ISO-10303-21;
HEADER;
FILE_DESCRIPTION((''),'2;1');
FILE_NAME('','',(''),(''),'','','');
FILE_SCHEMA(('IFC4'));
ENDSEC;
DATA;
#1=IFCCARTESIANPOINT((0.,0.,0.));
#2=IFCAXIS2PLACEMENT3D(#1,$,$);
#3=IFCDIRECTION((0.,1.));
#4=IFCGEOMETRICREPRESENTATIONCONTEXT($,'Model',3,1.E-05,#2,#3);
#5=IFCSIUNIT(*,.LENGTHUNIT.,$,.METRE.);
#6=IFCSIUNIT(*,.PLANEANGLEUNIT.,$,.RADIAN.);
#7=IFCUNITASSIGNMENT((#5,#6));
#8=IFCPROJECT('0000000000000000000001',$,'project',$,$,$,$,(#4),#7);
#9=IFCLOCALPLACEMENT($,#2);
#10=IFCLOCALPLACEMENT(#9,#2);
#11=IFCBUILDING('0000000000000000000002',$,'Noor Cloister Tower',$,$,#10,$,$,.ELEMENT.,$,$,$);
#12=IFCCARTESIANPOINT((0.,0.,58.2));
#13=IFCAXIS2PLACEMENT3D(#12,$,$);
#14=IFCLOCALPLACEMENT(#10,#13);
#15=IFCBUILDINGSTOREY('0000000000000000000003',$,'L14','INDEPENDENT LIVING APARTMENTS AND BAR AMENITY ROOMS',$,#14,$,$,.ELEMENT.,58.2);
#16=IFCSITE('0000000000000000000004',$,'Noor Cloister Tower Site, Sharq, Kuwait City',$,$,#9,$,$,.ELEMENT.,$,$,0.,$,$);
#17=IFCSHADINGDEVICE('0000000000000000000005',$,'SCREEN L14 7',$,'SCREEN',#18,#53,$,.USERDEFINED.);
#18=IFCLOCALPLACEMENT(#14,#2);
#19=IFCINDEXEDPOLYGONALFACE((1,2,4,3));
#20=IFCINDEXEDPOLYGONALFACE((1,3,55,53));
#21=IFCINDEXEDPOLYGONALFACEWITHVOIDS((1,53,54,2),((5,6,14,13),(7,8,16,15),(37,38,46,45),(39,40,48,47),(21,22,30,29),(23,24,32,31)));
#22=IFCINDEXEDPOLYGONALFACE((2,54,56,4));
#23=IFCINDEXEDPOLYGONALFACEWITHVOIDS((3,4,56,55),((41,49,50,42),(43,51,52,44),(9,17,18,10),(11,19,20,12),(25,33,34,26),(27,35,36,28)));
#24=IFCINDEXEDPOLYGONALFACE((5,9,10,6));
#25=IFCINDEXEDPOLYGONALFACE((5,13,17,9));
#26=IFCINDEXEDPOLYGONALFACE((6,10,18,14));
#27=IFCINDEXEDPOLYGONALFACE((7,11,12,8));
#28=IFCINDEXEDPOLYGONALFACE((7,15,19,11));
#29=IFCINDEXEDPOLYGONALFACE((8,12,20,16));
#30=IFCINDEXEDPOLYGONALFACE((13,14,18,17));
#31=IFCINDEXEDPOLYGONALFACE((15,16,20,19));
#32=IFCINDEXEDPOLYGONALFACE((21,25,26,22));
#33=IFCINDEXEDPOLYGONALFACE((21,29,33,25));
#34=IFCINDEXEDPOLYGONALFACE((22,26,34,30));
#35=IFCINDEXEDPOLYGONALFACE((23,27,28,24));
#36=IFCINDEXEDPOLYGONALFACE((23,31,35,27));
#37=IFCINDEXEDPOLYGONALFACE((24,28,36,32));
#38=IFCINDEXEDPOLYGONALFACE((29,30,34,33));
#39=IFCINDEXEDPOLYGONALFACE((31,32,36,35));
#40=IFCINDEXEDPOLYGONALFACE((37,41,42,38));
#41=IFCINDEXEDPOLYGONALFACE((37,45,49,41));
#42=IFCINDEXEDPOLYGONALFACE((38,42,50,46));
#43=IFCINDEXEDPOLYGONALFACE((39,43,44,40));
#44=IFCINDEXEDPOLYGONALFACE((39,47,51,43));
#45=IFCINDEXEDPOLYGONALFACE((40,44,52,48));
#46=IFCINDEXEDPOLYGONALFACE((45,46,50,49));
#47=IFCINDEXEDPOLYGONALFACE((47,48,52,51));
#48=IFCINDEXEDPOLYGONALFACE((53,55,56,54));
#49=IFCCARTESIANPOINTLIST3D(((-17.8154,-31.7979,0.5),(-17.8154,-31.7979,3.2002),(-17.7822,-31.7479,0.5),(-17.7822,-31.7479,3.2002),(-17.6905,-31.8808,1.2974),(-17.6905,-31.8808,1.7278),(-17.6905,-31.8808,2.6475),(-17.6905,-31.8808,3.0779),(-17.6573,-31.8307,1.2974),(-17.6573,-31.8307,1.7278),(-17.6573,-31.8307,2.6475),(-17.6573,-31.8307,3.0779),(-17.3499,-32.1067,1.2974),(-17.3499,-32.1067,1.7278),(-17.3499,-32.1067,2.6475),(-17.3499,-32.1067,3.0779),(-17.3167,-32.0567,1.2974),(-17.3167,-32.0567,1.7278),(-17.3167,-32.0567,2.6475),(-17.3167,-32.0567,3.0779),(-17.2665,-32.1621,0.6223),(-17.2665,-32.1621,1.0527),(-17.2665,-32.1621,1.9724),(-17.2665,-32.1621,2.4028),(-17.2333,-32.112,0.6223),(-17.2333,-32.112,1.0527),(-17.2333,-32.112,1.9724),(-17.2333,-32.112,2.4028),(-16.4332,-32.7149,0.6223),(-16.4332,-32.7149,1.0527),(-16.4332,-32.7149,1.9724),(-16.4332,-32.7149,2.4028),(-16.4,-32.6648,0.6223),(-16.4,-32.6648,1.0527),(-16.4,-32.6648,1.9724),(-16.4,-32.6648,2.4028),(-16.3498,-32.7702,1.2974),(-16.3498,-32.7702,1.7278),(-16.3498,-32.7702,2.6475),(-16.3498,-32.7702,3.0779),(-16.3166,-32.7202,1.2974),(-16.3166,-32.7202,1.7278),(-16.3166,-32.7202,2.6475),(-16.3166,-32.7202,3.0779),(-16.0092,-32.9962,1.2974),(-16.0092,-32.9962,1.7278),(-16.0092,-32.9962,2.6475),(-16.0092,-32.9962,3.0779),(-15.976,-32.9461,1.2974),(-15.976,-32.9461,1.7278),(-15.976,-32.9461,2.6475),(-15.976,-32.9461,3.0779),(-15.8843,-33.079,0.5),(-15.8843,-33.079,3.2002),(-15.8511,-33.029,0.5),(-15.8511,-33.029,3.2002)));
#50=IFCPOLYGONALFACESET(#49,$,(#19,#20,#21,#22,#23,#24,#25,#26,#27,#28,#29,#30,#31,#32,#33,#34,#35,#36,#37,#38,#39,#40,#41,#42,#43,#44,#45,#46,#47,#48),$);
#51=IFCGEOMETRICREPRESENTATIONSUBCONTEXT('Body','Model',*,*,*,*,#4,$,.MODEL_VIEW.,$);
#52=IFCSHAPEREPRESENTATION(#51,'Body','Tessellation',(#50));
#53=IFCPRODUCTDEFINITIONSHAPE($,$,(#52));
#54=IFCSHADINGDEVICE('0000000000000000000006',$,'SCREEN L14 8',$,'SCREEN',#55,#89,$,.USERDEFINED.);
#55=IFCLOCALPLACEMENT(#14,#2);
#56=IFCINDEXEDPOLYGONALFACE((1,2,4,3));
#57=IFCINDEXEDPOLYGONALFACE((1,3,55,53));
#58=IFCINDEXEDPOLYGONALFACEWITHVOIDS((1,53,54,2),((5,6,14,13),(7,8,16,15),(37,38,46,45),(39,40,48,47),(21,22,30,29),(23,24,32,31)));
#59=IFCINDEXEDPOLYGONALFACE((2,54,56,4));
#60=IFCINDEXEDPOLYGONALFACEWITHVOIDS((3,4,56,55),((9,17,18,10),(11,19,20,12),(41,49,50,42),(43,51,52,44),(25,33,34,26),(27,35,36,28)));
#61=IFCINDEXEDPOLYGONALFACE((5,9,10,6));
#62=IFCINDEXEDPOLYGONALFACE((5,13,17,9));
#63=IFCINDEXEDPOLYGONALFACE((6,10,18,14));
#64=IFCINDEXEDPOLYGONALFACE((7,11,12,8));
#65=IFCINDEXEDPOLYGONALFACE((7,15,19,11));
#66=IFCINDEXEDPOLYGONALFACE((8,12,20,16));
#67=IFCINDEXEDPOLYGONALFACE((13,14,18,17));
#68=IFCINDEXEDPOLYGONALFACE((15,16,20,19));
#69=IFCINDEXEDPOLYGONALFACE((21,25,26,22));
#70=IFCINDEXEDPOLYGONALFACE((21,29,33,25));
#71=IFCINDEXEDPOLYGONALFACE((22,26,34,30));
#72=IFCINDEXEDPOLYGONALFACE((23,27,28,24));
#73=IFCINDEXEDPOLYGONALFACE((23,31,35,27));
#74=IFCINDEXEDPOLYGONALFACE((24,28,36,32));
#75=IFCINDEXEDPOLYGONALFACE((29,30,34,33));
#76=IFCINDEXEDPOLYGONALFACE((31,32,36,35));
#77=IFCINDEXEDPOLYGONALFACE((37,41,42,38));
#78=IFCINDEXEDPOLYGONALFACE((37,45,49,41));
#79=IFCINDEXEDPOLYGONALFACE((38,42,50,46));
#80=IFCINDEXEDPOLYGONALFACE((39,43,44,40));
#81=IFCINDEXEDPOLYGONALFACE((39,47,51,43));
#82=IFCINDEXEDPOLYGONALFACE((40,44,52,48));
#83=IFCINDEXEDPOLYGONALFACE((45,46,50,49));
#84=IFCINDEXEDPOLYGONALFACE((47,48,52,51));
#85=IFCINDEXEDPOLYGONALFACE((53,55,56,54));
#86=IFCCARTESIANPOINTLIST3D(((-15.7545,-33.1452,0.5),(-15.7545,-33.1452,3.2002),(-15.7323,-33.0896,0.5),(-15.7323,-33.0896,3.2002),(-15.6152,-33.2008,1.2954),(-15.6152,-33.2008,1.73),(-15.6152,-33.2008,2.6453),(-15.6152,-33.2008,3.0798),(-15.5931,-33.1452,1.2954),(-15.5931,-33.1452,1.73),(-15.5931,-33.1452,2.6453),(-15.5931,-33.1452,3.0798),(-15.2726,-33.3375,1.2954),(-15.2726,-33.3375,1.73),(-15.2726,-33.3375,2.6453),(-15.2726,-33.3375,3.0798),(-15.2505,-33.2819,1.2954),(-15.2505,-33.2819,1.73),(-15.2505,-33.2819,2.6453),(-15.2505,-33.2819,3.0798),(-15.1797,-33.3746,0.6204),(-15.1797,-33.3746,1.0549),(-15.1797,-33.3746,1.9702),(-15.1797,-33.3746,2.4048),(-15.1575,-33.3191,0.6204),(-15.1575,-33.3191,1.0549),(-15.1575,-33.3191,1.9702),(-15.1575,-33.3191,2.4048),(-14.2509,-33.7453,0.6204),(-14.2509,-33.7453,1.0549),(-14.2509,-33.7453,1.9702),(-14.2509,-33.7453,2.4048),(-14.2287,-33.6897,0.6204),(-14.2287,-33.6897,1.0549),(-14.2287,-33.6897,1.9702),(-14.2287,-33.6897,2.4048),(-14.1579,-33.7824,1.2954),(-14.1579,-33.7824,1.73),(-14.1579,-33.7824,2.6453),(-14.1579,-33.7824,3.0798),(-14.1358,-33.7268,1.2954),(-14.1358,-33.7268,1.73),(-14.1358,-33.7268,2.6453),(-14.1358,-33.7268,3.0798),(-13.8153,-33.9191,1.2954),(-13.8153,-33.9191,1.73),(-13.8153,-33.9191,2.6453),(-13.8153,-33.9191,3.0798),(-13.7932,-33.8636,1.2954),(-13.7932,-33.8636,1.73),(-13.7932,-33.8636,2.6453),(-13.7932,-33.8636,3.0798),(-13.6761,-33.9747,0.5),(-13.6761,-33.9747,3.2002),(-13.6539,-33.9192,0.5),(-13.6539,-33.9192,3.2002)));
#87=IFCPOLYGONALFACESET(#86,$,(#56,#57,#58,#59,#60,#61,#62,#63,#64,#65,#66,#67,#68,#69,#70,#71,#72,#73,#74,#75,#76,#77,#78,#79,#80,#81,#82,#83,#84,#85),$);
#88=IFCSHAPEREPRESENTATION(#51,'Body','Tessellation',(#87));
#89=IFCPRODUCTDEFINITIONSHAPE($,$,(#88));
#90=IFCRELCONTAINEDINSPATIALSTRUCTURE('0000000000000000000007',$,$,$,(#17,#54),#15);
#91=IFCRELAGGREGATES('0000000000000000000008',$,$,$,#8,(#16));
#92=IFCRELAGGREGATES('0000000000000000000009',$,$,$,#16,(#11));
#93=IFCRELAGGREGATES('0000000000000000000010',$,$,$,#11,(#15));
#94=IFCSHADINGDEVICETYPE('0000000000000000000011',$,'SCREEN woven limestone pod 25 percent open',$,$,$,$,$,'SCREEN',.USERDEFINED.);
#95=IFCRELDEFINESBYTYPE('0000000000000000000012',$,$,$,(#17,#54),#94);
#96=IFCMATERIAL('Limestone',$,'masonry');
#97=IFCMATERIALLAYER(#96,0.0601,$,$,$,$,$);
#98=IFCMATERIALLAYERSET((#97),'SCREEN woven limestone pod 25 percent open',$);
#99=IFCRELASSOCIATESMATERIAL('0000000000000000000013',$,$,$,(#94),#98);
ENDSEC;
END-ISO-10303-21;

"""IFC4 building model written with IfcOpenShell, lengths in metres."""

from ifc_helpers import new_model, si_unit, direction, frame, origin, place, context, subcontext, project, spatial, polyline, outline, extrude, material, layer, layer_set, type_object, element, save


model = new_model("IFC4")

# Units and contexts
model_context = context("Model", 3, precision=1e-05, world=origin(), true_north=direction((0.0, 1.0)))
body_context = subcontext(model_context, "Body", "Model", "MODEL_VIEW")
ifc_project = project(units=[si_unit("LENGTHUNIT", "METRE"), si_unit("PLANEANGLEUNIT", "RADIAN")], contexts=[model_context])

# Site, building, storey
site_placement = place(None, origin())
site = spatial("IfcSite", under=ifc_project, at=site_placement, Name="Noor Cloister Tower Site, Sharq, Kuwait City", CompositionType="ELEMENT", RefElevation=0.0)
building_placement = place(site_placement, origin())
building = spatial("IfcBuilding", under=site, at=building_placement, Name="Noor Cloister Tower", CompositionType="ELEMENT")
storey_placement = place(building_placement, frame((0.0, 0.0, 58.2)))
storey = spatial("IfcBuildingStorey", under=building, at=storey_placement, Name="L14", Description="INDEPENDENT LIVING APARTMENTS AND BAR AMENITY ROOMS", CompositionType="ELEMENT", Elevation=58.2)

# Shading devices
ifc_material_1 = material(Name="Limestone", Category="masonry")
ifc_layer_1 = layer(ifc_material_1, 0.0601)
ifc_layer_set_1 = layer_set([ifc_layer_1], Name="SCREEN woven limestone pod 25 percent open")
shading_device_type = type_object("IfcShadingDeviceType", Name="SCREEN woven limestone pod 25 percent open", ElementType="SCREEN", PredefinedType="USERDEFINED", material=ifc_layer_set_1)
shading_device_1_placement = place(storey_placement, frame((-16.8167, -32.3884, 1.8501), z_axis=(-0.552823, -0.833299, 0.0), x_axis=(0.833299, -0.552823, 0.0)))
element("IfcShadingDevice", 1, at=shading_device_1_placement, inside=storey, type_object=shading_device_type, Name="SCREEN L14 7", ObjectType="SCREEN", PredefinedType="USERDEFINED", context=body_context, shape_type="SweptSolid", body=[
    extrude(outline(polyline([(-1.1587, -1.3501), (1.1587, -1.3501), (1.1587, 1.3501), (-1.1587, 1.3501), (-1.1587, -1.3501)]), holes=[polyline([(-0.5, -1.2278), (0.5, -1.2278), (0.5, -0.7974), (-0.5, -0.7974), (-0.5, -1.2278)]), polyline([(0.6001, -0.5527), (1.0088, -0.5527), (1.0088, -0.1223), (0.6001, -0.1223), (0.6001, -0.5527)]), polyline([(-1.0088, -0.5527), (-0.6001, -0.5527), (-0.6001, -0.1223), (-1.0088, -0.1223), (-1.0088, -0.5527)]), polyline([(-0.5, 0.1223), (0.5, 0.1223), (0.5, 0.5527), (-0.5, 0.5527), (-0.5, 0.1223)]), polyline([(0.6001, 0.7974), (1.0088, 0.7974), (1.0088, 1.2278), (0.6001, 1.2278), (0.6001, 0.7974)]), polyline([(-1.0088, 0.7974), (-0.6001, 0.7974), (-0.6001, 1.2278), (-1.0088, 1.2278), (-1.0088, 0.7974)])]), origin(), (0.0, 0.0, 1.0), 0.0601),
])
shading_device_2_placement = place(storey_placement, frame((-14.6931, -33.5044, 1.8501), z_axis=(-0.370688, -0.928757, 0.0), x_axis=(0.928757, -0.370688, 0.0)))
element("IfcShadingDevice", 2, at=shading_device_2_placement, inside=storey, type_object=shading_device_type, Name="SCREEN L14 8", ObjectType="SCREEN", PredefinedType="USERDEFINED", context=body_context, shape_type="SweptSolid", body=[
    extrude(outline(polyline([(-1.1189, -1.3501), (1.1189, -1.3501), (1.1189, 1.3501), (-1.1189, 1.3501), (-1.1189, -1.3501)]), holes=[polyline([(-0.5, -1.2297), (0.5, -1.2297), (0.5, -0.7952), (-0.5, -0.7952), (-0.5, -1.2297)]), polyline([(0.6001, -0.5547), (0.969, -0.5547), (0.969, -0.1201), (0.6001, -0.1201), (0.6001, -0.5547)]), polyline([(-0.969, -0.5547), (-0.6001, -0.5547), (-0.6001, -0.1201), (-0.969, -0.1201), (-0.969, -0.5547)]), polyline([(-0.5, 0.1201), (0.5, 0.1201), (0.5, 0.5547), (-0.5, 0.5547), (-0.5, 0.1201)]), polyline([(0.6001, 0.7952), (0.969, 0.7952), (0.969, 1.2297), (0.6001, 1.2297), (0.6001, 0.7952)]), polyline([(-0.969, 0.7952), (-0.6001, 0.7952), (-0.6001, 1.2297), (-0.969, 1.2297), (-0.969, 0.7952)])]), origin(), (0.0, 0.0, 1.0), 0.0598),
])

save(model, "model.ifc")
